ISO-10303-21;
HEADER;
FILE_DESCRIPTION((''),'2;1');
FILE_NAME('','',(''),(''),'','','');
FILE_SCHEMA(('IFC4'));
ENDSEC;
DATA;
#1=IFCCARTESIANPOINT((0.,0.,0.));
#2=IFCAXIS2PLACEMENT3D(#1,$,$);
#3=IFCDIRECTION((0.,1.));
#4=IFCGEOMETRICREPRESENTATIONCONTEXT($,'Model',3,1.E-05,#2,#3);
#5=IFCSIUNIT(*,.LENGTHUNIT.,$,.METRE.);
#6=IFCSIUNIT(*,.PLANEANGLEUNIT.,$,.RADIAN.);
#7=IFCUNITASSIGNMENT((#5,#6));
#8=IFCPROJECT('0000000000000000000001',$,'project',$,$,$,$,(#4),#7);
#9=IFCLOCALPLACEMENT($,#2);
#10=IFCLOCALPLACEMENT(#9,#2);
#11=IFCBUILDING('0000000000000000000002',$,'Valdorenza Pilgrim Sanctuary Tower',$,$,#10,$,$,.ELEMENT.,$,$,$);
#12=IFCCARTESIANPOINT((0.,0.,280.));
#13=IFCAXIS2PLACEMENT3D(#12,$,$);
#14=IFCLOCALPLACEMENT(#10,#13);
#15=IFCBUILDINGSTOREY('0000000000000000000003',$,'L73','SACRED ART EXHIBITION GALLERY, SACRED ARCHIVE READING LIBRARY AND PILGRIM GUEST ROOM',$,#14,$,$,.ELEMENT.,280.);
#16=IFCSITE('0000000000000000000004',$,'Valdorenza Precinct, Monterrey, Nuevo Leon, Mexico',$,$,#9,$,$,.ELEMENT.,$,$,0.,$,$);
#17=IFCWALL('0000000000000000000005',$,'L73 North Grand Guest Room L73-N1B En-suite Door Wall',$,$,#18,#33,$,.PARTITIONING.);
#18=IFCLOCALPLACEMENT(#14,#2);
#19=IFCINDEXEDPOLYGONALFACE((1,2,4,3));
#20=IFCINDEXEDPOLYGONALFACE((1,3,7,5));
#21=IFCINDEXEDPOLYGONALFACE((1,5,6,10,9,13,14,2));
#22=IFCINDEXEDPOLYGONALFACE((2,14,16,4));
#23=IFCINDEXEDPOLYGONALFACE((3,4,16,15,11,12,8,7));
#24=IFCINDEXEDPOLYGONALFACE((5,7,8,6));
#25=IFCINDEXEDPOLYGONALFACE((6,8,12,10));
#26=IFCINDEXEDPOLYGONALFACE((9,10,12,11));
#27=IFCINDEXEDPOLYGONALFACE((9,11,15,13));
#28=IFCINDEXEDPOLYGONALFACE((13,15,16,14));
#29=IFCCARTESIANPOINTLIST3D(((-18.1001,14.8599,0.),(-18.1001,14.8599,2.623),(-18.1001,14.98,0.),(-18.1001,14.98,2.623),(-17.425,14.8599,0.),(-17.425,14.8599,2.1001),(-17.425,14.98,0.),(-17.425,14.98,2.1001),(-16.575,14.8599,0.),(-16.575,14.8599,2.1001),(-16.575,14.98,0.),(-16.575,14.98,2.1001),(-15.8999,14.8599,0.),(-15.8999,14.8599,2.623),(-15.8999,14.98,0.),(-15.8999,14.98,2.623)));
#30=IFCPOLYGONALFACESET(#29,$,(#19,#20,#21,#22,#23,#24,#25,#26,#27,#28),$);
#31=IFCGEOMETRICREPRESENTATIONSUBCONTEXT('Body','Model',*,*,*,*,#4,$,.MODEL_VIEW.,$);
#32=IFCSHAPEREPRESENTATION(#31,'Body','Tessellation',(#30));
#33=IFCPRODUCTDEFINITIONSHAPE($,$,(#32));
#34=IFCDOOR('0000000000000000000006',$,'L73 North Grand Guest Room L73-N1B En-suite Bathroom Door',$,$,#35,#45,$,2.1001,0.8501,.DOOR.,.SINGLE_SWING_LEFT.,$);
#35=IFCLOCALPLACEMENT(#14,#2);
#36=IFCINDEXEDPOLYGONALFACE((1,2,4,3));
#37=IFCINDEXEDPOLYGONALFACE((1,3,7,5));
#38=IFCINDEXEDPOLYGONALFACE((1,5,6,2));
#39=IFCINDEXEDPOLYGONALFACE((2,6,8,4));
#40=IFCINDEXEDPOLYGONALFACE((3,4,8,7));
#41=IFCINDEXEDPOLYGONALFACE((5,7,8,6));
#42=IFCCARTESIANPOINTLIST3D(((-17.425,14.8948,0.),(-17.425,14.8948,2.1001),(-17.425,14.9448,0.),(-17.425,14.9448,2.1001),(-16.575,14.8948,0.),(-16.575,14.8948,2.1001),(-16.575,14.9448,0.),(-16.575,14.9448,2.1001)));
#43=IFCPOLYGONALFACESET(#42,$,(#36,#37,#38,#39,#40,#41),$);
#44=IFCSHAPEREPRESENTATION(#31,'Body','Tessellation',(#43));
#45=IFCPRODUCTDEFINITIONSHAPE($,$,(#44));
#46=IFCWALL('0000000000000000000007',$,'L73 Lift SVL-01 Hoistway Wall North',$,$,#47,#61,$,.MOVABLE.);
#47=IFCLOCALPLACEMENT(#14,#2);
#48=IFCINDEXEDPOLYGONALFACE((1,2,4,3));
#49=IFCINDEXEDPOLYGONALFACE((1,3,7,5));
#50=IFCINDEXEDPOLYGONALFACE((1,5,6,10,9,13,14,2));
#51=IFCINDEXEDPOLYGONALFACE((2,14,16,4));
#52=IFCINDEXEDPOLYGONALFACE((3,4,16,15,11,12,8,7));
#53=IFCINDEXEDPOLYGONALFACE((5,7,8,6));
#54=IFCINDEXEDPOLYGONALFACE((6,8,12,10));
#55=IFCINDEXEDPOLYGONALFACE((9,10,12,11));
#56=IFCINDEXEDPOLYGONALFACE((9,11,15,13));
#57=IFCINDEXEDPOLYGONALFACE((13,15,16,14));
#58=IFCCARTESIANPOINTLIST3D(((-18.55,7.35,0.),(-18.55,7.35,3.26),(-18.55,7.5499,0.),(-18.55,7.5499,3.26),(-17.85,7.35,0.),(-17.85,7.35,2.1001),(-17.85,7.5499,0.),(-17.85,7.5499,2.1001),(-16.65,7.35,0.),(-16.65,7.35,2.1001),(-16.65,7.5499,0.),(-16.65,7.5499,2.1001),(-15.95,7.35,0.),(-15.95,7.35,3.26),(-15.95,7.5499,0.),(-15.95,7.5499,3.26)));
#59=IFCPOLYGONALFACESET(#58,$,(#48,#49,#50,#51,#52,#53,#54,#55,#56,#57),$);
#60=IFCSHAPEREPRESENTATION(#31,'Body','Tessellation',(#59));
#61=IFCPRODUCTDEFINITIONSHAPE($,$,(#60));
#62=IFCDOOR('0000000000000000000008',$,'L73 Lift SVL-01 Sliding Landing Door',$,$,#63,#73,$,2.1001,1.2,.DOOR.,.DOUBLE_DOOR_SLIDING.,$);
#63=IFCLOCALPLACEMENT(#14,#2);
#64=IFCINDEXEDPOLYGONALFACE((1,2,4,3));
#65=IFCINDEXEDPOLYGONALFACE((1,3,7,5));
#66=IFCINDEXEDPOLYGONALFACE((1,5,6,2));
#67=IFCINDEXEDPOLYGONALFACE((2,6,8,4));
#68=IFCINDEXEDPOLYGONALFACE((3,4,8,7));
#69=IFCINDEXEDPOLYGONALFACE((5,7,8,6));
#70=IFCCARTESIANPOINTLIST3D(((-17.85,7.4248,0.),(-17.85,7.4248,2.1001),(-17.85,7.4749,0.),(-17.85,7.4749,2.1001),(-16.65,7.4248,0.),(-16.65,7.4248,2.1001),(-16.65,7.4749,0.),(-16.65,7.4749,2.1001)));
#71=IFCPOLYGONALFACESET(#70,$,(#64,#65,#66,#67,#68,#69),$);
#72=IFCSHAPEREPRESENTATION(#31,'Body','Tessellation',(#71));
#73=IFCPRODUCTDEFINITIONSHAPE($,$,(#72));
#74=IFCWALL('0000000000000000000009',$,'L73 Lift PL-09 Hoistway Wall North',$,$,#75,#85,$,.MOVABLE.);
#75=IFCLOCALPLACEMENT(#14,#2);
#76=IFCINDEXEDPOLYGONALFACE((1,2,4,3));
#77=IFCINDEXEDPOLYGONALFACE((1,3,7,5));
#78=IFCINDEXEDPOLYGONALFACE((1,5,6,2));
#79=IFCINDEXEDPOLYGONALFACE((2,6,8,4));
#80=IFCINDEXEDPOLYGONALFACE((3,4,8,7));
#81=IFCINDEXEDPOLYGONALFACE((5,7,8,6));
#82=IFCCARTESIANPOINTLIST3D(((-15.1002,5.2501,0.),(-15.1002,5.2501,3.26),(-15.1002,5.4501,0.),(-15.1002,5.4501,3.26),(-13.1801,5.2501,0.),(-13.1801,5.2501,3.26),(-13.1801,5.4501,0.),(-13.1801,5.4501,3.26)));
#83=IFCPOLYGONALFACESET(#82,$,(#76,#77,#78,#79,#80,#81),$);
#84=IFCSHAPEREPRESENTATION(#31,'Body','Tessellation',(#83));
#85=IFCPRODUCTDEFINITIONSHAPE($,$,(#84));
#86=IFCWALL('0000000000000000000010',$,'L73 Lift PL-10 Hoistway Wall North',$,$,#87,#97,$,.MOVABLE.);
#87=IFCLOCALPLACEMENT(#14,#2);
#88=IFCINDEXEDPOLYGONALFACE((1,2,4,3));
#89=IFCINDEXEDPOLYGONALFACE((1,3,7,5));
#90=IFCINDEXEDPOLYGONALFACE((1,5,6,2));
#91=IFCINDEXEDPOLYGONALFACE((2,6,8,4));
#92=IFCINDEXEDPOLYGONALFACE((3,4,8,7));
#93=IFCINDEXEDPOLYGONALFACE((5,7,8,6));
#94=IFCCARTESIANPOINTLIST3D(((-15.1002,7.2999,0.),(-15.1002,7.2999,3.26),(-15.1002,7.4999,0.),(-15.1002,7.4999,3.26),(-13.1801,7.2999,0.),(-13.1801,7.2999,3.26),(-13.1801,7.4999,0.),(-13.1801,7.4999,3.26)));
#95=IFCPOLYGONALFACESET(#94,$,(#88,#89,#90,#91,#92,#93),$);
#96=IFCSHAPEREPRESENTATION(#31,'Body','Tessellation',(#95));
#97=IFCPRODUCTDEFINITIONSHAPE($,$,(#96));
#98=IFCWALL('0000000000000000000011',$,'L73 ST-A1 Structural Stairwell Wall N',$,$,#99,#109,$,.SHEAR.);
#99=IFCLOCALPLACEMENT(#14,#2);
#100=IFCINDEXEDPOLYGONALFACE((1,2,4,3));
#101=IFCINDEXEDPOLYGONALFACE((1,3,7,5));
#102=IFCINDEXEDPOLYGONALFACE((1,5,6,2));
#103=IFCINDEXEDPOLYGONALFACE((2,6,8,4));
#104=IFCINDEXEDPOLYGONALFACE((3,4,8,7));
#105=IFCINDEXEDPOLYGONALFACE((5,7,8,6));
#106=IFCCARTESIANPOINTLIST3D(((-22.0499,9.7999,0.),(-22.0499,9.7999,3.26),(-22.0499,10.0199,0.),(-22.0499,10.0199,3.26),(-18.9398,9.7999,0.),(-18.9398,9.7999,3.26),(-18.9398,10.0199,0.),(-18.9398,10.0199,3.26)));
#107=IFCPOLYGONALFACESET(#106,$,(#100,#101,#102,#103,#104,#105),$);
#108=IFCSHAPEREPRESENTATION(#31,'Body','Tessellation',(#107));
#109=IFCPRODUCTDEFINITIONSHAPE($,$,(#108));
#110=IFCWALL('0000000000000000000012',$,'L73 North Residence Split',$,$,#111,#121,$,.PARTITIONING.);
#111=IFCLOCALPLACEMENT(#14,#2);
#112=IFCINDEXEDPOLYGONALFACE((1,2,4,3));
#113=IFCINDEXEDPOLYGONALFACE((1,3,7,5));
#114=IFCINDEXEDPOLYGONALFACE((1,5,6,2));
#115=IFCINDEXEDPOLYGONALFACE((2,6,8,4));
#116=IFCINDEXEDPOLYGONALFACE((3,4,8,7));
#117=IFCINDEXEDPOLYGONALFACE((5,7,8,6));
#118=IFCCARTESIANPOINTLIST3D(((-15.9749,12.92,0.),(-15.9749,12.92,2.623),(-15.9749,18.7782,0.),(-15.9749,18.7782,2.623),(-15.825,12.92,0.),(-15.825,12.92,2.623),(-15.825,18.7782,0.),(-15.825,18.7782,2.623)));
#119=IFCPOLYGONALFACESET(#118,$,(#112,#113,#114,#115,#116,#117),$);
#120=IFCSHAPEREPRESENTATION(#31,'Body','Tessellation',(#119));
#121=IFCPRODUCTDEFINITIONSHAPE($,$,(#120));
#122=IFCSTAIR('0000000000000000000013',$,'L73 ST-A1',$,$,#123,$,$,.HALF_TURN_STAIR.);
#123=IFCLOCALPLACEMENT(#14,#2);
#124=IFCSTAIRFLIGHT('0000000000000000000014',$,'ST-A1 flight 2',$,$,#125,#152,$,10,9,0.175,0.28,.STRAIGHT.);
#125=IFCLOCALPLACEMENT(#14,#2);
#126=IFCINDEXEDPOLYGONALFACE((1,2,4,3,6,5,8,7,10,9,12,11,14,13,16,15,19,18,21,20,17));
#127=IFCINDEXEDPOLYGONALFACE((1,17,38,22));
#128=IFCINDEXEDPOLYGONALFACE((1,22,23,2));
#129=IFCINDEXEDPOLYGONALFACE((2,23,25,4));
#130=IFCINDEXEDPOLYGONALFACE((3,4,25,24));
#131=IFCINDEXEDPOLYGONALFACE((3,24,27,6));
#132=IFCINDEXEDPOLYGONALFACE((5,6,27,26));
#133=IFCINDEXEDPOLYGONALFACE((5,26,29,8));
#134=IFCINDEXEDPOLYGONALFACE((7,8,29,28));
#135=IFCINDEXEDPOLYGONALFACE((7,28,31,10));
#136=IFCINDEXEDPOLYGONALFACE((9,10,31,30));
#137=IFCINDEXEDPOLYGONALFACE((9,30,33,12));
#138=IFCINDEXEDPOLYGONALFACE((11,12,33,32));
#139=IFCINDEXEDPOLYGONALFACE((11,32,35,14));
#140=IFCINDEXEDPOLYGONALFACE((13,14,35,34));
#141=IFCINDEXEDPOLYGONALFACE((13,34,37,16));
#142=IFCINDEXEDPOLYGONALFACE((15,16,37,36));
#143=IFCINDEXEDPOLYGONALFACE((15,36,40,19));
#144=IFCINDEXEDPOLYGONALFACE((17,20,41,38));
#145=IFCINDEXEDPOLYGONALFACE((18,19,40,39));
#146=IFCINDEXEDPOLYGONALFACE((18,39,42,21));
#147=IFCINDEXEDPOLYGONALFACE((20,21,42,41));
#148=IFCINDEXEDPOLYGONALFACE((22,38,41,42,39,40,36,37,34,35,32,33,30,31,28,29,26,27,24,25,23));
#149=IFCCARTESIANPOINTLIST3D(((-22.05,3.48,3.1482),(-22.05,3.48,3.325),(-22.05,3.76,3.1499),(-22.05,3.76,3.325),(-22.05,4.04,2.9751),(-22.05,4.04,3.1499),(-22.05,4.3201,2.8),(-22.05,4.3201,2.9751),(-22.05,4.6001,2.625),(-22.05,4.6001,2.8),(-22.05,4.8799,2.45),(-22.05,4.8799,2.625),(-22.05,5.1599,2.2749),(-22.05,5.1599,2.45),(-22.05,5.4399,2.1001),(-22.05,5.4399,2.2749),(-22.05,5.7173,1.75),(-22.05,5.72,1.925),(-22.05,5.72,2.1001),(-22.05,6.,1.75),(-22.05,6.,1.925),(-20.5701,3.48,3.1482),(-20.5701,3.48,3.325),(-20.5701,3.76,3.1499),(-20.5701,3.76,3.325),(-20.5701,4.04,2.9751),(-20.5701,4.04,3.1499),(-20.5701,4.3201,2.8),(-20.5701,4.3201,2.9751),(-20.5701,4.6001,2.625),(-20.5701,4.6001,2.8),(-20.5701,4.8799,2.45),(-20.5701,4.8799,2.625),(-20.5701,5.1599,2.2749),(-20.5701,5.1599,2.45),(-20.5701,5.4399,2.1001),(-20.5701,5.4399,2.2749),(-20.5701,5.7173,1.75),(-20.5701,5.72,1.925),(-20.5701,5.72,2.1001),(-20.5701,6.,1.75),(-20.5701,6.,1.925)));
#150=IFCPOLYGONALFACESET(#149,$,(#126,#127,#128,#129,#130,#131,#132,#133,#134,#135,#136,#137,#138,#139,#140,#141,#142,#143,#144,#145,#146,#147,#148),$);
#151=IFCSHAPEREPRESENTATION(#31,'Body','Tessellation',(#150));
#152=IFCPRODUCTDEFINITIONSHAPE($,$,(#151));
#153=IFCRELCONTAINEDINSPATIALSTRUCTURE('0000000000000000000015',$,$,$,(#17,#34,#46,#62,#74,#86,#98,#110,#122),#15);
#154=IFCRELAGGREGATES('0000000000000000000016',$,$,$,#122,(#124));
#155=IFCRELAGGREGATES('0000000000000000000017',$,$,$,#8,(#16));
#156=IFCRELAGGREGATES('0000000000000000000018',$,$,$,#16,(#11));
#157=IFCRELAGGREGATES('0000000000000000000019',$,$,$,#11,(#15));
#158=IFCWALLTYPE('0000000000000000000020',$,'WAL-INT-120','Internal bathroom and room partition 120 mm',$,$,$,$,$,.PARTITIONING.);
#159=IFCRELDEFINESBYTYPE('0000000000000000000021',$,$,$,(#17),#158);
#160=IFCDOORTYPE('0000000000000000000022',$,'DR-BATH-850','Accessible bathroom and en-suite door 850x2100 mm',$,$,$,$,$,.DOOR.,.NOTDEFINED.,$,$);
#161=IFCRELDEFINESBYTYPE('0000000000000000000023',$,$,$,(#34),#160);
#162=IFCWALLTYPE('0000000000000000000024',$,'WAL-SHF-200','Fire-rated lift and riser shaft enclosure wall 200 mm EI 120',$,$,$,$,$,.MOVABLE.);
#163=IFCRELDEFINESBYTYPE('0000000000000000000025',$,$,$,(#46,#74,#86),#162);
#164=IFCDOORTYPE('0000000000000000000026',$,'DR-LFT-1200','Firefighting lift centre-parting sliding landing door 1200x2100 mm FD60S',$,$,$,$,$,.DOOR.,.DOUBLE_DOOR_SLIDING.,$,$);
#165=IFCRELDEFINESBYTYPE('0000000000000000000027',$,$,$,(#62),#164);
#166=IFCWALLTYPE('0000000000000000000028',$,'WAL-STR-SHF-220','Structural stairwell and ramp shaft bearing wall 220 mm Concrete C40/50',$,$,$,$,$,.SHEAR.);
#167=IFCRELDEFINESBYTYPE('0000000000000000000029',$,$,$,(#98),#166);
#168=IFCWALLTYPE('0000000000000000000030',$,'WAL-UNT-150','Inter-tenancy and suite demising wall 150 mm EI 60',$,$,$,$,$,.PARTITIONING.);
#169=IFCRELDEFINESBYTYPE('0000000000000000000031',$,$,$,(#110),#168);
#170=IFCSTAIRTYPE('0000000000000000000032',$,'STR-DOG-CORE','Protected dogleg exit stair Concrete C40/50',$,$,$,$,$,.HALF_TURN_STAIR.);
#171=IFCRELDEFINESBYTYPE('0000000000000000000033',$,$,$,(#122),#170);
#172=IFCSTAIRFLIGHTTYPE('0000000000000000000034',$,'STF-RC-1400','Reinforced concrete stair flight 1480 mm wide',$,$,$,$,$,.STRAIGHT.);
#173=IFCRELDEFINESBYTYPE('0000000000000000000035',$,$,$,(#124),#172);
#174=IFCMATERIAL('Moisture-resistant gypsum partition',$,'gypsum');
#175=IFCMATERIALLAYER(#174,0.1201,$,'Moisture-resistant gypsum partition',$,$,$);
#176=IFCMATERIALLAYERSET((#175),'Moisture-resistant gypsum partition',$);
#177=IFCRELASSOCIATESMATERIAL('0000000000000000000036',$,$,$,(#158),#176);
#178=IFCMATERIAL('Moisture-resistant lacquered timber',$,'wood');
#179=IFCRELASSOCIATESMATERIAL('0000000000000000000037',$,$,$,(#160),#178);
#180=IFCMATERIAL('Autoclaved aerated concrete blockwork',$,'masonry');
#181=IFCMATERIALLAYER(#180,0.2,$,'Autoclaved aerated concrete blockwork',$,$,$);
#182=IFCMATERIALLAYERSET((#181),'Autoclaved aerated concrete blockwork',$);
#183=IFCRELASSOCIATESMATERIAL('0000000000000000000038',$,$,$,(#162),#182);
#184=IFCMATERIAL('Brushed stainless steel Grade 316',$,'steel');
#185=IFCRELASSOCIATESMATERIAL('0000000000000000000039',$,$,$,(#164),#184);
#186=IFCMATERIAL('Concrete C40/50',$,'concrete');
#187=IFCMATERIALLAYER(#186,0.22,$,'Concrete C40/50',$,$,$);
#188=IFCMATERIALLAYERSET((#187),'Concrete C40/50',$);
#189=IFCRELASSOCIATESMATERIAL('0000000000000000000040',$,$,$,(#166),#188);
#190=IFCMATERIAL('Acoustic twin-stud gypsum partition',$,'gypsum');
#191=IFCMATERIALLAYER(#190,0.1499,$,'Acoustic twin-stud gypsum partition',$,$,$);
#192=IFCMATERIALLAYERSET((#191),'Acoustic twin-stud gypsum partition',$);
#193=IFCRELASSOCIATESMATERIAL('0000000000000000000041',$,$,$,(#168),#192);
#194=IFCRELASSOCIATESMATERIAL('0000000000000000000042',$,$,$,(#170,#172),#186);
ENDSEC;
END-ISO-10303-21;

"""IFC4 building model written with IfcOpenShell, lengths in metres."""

from ifc_helpers import new_model, si_unit, direction, frame, frame_2d, origin, place, context, subcontext, project, spatial, polyline, rectangle, outline, extrude, material, layer, layer_set, type_object, element, fill, aggregate, save


model = new_model("IFC4")

# Units and contexts
model_context = context("Model", 3, precision=1e-05, world=origin(), true_north=direction((0.0, 1.0)))
body_context = subcontext(model_context, "Body", "Model", "MODEL_VIEW")
ifc_project = project(units=[si_unit("LENGTHUNIT", "METRE"), si_unit("PLANEANGLEUNIT", "RADIAN")], contexts=[model_context])

# Site, building, storey
site_placement = place(None, origin())
site = spatial("IfcSite", under=ifc_project, at=site_placement, Name="Valdorenza Precinct, Monterrey, Nuevo Leon, Mexico", CompositionType="ELEMENT", RefElevation=0.0)
building_placement = place(site_placement, origin())
building = spatial("IfcBuilding", under=site, at=building_placement, Name="Valdorenza Pilgrim Sanctuary Tower", CompositionType="ELEMENT")
storey_placement = place(building_placement, frame((0.0, 0.0, 280.0)))
storey = spatial("IfcBuildingStorey", under=building, at=storey_placement, Name="L73", Description="SACRED ART EXHIBITION GALLERY, SACRED ARCHIVE READING LIBRARY AND PILGRIM GUEST ROOM", CompositionType="ELEMENT", Elevation=280.0)

# Shared definitions
ifc_material_1 = material(Name="Acoustic twin-stud gypsum partition", Category="gypsum")

# Shared definitions
ifc_material_2 = material(Name="Moisture-resistant gypsum partition", Category="gypsum")
ifc_layer_1 = layer(ifc_material_2, 0.1201, Name="Moisture-resistant gypsum partition")
ifc_layer_set_1 = layer_set([ifc_layer_1], Name="Moisture-resistant gypsum partition")
wall_type_1 = type_object("IfcWallType", Name="WAL-INT-120", Description="Internal bathroom and room partition 120 mm", PredefinedType="PARTITIONING", material=ifc_layer_set_1)

# Walls, openings, doors
wall_1_placement = place(storey_placement, frame((-18.1001, 14.9199, 0.0), z_axis=(0.0, 0.0, 1.0), x_axis=(1.0, 0.0, 0.0)))
wall_1 = element("IfcWall", 1, at=wall_1_placement, inside=storey, type_object=wall_type_1, Name="L73 North Grand Guest Room L73-N1B En-suite Door Wall", PredefinedType="PARTITIONING", context=body_context, shape_type="SweptSolid", body=[
    extrude(rectangle(XDim=2.2002, YDim=0.1201, at=frame_2d((1.1001, 0.0))), origin(), (0.0, 0.0, 1.0), 2.623),
])
opening_1_placement = place(wall_1_placement, frame((0.675, 0.0, 0.0)))
opening_1 = element("IfcOpeningElement", 2, at=opening_1_placement, cuts=wall_1, PredefinedType="OPENING", context=body_context, shape_type="SweptSolid", body=[
    extrude(rectangle(XDim=0.8501, YDim=2.1001, at=frame_2d((0.425, 1.05))), frame((0.0, 0.075, 0.0), z_axis=(0.0, -1.0, 0.0), x_axis=(1.0, 0.0, 0.0)), (0.0, 0.0, 1.0), 0.1499),
])
ifc_material_3 = material(Name="Moisture-resistant lacquered timber", Category="wood")
door_type_1 = type_object("IfcDoorType", Name="DR-BATH-850", Description="Accessible bathroom and en-suite door 850x2100 mm", OperationType="NOTDEFINED", PredefinedType="DOOR", material=ifc_material_3)
door_1_placement = place(opening_1_placement, origin())
door_1 = element("IfcDoor", 3, at=door_1_placement, inside=storey, type_object=door_type_1, Name="L73 North Grand Guest Room L73-N1B En-suite Bathroom Door", OperationType="SINGLE_SWING_LEFT", OverallHeight=2.1001, OverallWidth=0.8501, PredefinedType="DOOR", context=body_context, shape_type="SweptSolid", body=[
    extrude(rectangle(XDim=0.8501, YDim=2.1001, at=frame_2d((0.425, 1.05))), frame((0.0, 0.0249, 0.0), z_axis=(0.0, -1.0, 0.0), x_axis=(1.0, 0.0, 0.0)), (0.0, 0.0, 1.0), 0.05),
])
fill(opening_1, door_1)
ifc_material_4 = material(Name="Autoclaved aerated concrete blockwork", Category="masonry")
ifc_layer_2 = layer(ifc_material_4, 0.2, Name="Autoclaved aerated concrete blockwork")
ifc_layer_set_2 = layer_set([ifc_layer_2], Name="Autoclaved aerated concrete blockwork")
wall_type_2 = type_object("IfcWallType", Name="WAL-SHF-200", Description="Fire-rated lift and riser shaft enclosure wall 200 mm EI 120", PredefinedType="MOVABLE", material=ifc_layer_set_2)
wall_2_placement = place(storey_placement, frame((-18.55, 7.45, 0.0), z_axis=(0.0, 0.0, 1.0), x_axis=(1.0, 0.0, 0.0)))
wall_2 = element("IfcWall", 4, at=wall_2_placement, inside=storey, type_object=wall_type_2, Name="L73 Lift SVL-01 Hoistway Wall North", PredefinedType="MOVABLE", context=body_context, shape_type="SweptSolid", body=[
    extrude(rectangle(XDim=2.6001, YDim=0.2, at=frame_2d((1.3, 0.0))), origin(), (0.0, 0.0, 1.0), 3.26),
])
opening_2_placement = place(wall_2_placement, frame((0.7, 0.0, 0.0)))
opening_2 = element("IfcOpeningElement", 5, at=opening_2_placement, cuts=wall_2, PredefinedType="OPENING", context=body_context, shape_type="SweptSolid", body=[
    extrude(rectangle(XDim=1.2, YDim=2.1001, at=frame_2d((0.6001, 1.05))), frame((0.0, 0.1147, 0.0), z_axis=(0.0, -1.0, 0.0), x_axis=(1.0, 0.0, 0.0)), (0.0, 0.0, 1.0), 0.2297),
])
ifc_material_5 = material(Name="Brushed stainless steel Grade 316", Category="steel")
door_type_2 = type_object("IfcDoorType", Name="DR-LFT-1200", Description="Firefighting lift centre-parting sliding landing door 1200x2100 mm FD60S", OperationType="DOUBLE_DOOR_SLIDING", PredefinedType="DOOR", material=ifc_material_5)
door_2_placement = place(opening_2_placement, origin())
door_2 = element("IfcDoor", 6, at=door_2_placement, inside=storey, type_object=door_type_2, Name="L73 Lift SVL-01 Sliding Landing Door", OperationType="DOUBLE_DOOR_SLIDING", OverallHeight=2.1001, OverallWidth=1.2, PredefinedType="DOOR", context=body_context, shape_type="SweptSolid", body=[
    extrude(rectangle(XDim=1.2, YDim=2.1001, at=frame_2d((0.6001, 1.05))), frame((0.0, 0.0249, 0.0), z_axis=(0.0, -1.0, 0.0), x_axis=(1.0, 0.0, 0.0)), (0.0, 0.0, 1.0), 0.05),
])
fill(opening_2, door_2)

# Walls
for number, where, z_axis, x_axis, name in (
    (7, (-15.1001, 5.3501, 0.0), (0.0, 0.0, 1.0), (1.0, 0.0, 0.0), "L73 Lift PL-09 Hoistway Wall North"),
    (8, (-15.1001, 7.3999, 0.0), (0.0, 0.0, 1.0), (1.0, 0.0, 0.0), "L73 Lift PL-10 Hoistway Wall North"),
):
    element("IfcWall", number, at=place(storey_placement, frame(where, z_axis=z_axis, x_axis=x_axis)), inside=storey, type_object=wall_type_2, Name=name, PredefinedType="MOVABLE", context=body_context, shape_type="SweptSolid", body=[
        extrude(rectangle(XDim=1.9202, YDim=0.2, at=frame_2d((0.96, 0.0))), origin(), (0.0, 0.0, 1.0), 3.26),
    ])
ifc_material_6 = material(Name="Concrete C40/50", Category="concrete")
ifc_layer_3 = layer(ifc_material_6, 0.22, Name="Concrete C40/50")
ifc_layer_set_3 = layer_set([ifc_layer_3], Name="Concrete C40/50")
wall_type_3 = type_object("IfcWallType", Name="WAL-STR-SHF-220", Description="Structural stairwell and ramp shaft bearing wall 220 mm Concrete C40/50", PredefinedType="SHEAR", material=ifc_layer_set_3)
wall_3_placement = place(storey_placement, frame((-22.05, 9.9099, 0.0), z_axis=(0.0, 0.0, 1.0), x_axis=(1.0, 0.0, 0.0)))
element("IfcWall", 9, at=wall_3_placement, inside=storey, type_object=wall_type_3, Name="L73 ST-A1 Structural Stairwell Wall N", PredefinedType="SHEAR", context=body_context, shape_type="SweptSolid", body=[
    extrude(rectangle(XDim=3.1101, YDim=0.22, at=frame_2d((1.5552, 0.0))), origin(), (0.0, 0.0, 1.0), 3.26),
])
ifc_layer_4 = layer(ifc_material_1, 0.1499, Name="Acoustic twin-stud gypsum partition")
ifc_layer_set_4 = layer_set([ifc_layer_4], Name="Acoustic twin-stud gypsum partition")
wall_type_4 = type_object("IfcWallType", Name="WAL-UNT-150", Description="Inter-tenancy and suite demising wall 150 mm EI 60", PredefinedType="PARTITIONING", material=ifc_layer_set_4)
wall_4_placement = place(storey_placement, frame((-15.8999, 12.9199, 0.0), z_axis=(0.0, 0.0, 1.0), x_axis=(0.0, 1.0, 0.0)))
element("IfcWall", 10, at=wall_4_placement, inside=storey, type_object=wall_type_4, Name="L73 North Residence Split", PredefinedType="PARTITIONING", context=body_context, shape_type="SweptSolid", body=[
    extrude(rectangle(XDim=5.8582, YDim=0.1499, at=frame_2d((2.9292, 0.0))), origin(), (0.0, 0.0, 1.0), 2.623),
])

# Stair, stair flight
stair_type = type_object("IfcStairType", Name="STR-DOG-CORE", Description="Protected dogleg exit stair Concrete C40/50", PredefinedType="HALF_TURN_STAIR", material=ifc_material_6)
stair_placement = place(storey_placement, origin())
stair = element("IfcStair", 11, at=stair_placement, inside=storey, type_object=stair_type, Name="L73 ST-A1", PredefinedType="HALF_TURN_STAIR")
stair_flight_type = type_object("IfcStairFlightType", Name="STF-RC-1400", Description="Reinforced concrete stair flight 1480 mm wide", PredefinedType="STRAIGHT", material=ifc_material_6)
stair_flight_placement = place(storey_placement, frame((-21.3101, 6.0, 1.75), z_axis=(0.0, 0.0, 1.0), x_axis=(0.0, -1.0, 0.0)))
stair_flight = element("IfcStairFlight", 12, at=stair_flight_placement, type_object=stair_flight_type, Name="ST-A1 flight 2", NumberOfRisers=10, NumberOfTreads=9, PredefinedType="STRAIGHT", RiserHeight=0.175, TreadLength=0.28, context=body_context, shape_type="SweptSolid", body=[
    extrude(outline(polyline([(0.0, 0.0), (0.0, 0.175), (0.28, 0.175), (0.28, 0.3501), (0.5601, 0.3501), (0.5601, 0.5249), (0.8401, 0.5249), (0.8401, 0.7), (1.1201, 0.7), (1.1201, 0.875), (1.3999, 0.875), (1.3999, 1.05), (1.6799, 1.05), (1.6799, 1.2251), (1.96, 1.2251), (1.96, 1.3999), (2.24, 1.3999), (2.24, 1.575), (2.52, 1.575), (2.52, 1.75), (2.52, 1.3982), (0.2827, 0.0), (0.0, 0.0)])), frame((0.0, 0.74, 0.0), z_axis=(0.0, -1.0, 0.0), x_axis=(1.0, 0.0, 0.0)), (0.0, 0.0, 1.0), 1.48),
])
aggregate(stair, [stair_flight])

save(model, "model.ifc")
